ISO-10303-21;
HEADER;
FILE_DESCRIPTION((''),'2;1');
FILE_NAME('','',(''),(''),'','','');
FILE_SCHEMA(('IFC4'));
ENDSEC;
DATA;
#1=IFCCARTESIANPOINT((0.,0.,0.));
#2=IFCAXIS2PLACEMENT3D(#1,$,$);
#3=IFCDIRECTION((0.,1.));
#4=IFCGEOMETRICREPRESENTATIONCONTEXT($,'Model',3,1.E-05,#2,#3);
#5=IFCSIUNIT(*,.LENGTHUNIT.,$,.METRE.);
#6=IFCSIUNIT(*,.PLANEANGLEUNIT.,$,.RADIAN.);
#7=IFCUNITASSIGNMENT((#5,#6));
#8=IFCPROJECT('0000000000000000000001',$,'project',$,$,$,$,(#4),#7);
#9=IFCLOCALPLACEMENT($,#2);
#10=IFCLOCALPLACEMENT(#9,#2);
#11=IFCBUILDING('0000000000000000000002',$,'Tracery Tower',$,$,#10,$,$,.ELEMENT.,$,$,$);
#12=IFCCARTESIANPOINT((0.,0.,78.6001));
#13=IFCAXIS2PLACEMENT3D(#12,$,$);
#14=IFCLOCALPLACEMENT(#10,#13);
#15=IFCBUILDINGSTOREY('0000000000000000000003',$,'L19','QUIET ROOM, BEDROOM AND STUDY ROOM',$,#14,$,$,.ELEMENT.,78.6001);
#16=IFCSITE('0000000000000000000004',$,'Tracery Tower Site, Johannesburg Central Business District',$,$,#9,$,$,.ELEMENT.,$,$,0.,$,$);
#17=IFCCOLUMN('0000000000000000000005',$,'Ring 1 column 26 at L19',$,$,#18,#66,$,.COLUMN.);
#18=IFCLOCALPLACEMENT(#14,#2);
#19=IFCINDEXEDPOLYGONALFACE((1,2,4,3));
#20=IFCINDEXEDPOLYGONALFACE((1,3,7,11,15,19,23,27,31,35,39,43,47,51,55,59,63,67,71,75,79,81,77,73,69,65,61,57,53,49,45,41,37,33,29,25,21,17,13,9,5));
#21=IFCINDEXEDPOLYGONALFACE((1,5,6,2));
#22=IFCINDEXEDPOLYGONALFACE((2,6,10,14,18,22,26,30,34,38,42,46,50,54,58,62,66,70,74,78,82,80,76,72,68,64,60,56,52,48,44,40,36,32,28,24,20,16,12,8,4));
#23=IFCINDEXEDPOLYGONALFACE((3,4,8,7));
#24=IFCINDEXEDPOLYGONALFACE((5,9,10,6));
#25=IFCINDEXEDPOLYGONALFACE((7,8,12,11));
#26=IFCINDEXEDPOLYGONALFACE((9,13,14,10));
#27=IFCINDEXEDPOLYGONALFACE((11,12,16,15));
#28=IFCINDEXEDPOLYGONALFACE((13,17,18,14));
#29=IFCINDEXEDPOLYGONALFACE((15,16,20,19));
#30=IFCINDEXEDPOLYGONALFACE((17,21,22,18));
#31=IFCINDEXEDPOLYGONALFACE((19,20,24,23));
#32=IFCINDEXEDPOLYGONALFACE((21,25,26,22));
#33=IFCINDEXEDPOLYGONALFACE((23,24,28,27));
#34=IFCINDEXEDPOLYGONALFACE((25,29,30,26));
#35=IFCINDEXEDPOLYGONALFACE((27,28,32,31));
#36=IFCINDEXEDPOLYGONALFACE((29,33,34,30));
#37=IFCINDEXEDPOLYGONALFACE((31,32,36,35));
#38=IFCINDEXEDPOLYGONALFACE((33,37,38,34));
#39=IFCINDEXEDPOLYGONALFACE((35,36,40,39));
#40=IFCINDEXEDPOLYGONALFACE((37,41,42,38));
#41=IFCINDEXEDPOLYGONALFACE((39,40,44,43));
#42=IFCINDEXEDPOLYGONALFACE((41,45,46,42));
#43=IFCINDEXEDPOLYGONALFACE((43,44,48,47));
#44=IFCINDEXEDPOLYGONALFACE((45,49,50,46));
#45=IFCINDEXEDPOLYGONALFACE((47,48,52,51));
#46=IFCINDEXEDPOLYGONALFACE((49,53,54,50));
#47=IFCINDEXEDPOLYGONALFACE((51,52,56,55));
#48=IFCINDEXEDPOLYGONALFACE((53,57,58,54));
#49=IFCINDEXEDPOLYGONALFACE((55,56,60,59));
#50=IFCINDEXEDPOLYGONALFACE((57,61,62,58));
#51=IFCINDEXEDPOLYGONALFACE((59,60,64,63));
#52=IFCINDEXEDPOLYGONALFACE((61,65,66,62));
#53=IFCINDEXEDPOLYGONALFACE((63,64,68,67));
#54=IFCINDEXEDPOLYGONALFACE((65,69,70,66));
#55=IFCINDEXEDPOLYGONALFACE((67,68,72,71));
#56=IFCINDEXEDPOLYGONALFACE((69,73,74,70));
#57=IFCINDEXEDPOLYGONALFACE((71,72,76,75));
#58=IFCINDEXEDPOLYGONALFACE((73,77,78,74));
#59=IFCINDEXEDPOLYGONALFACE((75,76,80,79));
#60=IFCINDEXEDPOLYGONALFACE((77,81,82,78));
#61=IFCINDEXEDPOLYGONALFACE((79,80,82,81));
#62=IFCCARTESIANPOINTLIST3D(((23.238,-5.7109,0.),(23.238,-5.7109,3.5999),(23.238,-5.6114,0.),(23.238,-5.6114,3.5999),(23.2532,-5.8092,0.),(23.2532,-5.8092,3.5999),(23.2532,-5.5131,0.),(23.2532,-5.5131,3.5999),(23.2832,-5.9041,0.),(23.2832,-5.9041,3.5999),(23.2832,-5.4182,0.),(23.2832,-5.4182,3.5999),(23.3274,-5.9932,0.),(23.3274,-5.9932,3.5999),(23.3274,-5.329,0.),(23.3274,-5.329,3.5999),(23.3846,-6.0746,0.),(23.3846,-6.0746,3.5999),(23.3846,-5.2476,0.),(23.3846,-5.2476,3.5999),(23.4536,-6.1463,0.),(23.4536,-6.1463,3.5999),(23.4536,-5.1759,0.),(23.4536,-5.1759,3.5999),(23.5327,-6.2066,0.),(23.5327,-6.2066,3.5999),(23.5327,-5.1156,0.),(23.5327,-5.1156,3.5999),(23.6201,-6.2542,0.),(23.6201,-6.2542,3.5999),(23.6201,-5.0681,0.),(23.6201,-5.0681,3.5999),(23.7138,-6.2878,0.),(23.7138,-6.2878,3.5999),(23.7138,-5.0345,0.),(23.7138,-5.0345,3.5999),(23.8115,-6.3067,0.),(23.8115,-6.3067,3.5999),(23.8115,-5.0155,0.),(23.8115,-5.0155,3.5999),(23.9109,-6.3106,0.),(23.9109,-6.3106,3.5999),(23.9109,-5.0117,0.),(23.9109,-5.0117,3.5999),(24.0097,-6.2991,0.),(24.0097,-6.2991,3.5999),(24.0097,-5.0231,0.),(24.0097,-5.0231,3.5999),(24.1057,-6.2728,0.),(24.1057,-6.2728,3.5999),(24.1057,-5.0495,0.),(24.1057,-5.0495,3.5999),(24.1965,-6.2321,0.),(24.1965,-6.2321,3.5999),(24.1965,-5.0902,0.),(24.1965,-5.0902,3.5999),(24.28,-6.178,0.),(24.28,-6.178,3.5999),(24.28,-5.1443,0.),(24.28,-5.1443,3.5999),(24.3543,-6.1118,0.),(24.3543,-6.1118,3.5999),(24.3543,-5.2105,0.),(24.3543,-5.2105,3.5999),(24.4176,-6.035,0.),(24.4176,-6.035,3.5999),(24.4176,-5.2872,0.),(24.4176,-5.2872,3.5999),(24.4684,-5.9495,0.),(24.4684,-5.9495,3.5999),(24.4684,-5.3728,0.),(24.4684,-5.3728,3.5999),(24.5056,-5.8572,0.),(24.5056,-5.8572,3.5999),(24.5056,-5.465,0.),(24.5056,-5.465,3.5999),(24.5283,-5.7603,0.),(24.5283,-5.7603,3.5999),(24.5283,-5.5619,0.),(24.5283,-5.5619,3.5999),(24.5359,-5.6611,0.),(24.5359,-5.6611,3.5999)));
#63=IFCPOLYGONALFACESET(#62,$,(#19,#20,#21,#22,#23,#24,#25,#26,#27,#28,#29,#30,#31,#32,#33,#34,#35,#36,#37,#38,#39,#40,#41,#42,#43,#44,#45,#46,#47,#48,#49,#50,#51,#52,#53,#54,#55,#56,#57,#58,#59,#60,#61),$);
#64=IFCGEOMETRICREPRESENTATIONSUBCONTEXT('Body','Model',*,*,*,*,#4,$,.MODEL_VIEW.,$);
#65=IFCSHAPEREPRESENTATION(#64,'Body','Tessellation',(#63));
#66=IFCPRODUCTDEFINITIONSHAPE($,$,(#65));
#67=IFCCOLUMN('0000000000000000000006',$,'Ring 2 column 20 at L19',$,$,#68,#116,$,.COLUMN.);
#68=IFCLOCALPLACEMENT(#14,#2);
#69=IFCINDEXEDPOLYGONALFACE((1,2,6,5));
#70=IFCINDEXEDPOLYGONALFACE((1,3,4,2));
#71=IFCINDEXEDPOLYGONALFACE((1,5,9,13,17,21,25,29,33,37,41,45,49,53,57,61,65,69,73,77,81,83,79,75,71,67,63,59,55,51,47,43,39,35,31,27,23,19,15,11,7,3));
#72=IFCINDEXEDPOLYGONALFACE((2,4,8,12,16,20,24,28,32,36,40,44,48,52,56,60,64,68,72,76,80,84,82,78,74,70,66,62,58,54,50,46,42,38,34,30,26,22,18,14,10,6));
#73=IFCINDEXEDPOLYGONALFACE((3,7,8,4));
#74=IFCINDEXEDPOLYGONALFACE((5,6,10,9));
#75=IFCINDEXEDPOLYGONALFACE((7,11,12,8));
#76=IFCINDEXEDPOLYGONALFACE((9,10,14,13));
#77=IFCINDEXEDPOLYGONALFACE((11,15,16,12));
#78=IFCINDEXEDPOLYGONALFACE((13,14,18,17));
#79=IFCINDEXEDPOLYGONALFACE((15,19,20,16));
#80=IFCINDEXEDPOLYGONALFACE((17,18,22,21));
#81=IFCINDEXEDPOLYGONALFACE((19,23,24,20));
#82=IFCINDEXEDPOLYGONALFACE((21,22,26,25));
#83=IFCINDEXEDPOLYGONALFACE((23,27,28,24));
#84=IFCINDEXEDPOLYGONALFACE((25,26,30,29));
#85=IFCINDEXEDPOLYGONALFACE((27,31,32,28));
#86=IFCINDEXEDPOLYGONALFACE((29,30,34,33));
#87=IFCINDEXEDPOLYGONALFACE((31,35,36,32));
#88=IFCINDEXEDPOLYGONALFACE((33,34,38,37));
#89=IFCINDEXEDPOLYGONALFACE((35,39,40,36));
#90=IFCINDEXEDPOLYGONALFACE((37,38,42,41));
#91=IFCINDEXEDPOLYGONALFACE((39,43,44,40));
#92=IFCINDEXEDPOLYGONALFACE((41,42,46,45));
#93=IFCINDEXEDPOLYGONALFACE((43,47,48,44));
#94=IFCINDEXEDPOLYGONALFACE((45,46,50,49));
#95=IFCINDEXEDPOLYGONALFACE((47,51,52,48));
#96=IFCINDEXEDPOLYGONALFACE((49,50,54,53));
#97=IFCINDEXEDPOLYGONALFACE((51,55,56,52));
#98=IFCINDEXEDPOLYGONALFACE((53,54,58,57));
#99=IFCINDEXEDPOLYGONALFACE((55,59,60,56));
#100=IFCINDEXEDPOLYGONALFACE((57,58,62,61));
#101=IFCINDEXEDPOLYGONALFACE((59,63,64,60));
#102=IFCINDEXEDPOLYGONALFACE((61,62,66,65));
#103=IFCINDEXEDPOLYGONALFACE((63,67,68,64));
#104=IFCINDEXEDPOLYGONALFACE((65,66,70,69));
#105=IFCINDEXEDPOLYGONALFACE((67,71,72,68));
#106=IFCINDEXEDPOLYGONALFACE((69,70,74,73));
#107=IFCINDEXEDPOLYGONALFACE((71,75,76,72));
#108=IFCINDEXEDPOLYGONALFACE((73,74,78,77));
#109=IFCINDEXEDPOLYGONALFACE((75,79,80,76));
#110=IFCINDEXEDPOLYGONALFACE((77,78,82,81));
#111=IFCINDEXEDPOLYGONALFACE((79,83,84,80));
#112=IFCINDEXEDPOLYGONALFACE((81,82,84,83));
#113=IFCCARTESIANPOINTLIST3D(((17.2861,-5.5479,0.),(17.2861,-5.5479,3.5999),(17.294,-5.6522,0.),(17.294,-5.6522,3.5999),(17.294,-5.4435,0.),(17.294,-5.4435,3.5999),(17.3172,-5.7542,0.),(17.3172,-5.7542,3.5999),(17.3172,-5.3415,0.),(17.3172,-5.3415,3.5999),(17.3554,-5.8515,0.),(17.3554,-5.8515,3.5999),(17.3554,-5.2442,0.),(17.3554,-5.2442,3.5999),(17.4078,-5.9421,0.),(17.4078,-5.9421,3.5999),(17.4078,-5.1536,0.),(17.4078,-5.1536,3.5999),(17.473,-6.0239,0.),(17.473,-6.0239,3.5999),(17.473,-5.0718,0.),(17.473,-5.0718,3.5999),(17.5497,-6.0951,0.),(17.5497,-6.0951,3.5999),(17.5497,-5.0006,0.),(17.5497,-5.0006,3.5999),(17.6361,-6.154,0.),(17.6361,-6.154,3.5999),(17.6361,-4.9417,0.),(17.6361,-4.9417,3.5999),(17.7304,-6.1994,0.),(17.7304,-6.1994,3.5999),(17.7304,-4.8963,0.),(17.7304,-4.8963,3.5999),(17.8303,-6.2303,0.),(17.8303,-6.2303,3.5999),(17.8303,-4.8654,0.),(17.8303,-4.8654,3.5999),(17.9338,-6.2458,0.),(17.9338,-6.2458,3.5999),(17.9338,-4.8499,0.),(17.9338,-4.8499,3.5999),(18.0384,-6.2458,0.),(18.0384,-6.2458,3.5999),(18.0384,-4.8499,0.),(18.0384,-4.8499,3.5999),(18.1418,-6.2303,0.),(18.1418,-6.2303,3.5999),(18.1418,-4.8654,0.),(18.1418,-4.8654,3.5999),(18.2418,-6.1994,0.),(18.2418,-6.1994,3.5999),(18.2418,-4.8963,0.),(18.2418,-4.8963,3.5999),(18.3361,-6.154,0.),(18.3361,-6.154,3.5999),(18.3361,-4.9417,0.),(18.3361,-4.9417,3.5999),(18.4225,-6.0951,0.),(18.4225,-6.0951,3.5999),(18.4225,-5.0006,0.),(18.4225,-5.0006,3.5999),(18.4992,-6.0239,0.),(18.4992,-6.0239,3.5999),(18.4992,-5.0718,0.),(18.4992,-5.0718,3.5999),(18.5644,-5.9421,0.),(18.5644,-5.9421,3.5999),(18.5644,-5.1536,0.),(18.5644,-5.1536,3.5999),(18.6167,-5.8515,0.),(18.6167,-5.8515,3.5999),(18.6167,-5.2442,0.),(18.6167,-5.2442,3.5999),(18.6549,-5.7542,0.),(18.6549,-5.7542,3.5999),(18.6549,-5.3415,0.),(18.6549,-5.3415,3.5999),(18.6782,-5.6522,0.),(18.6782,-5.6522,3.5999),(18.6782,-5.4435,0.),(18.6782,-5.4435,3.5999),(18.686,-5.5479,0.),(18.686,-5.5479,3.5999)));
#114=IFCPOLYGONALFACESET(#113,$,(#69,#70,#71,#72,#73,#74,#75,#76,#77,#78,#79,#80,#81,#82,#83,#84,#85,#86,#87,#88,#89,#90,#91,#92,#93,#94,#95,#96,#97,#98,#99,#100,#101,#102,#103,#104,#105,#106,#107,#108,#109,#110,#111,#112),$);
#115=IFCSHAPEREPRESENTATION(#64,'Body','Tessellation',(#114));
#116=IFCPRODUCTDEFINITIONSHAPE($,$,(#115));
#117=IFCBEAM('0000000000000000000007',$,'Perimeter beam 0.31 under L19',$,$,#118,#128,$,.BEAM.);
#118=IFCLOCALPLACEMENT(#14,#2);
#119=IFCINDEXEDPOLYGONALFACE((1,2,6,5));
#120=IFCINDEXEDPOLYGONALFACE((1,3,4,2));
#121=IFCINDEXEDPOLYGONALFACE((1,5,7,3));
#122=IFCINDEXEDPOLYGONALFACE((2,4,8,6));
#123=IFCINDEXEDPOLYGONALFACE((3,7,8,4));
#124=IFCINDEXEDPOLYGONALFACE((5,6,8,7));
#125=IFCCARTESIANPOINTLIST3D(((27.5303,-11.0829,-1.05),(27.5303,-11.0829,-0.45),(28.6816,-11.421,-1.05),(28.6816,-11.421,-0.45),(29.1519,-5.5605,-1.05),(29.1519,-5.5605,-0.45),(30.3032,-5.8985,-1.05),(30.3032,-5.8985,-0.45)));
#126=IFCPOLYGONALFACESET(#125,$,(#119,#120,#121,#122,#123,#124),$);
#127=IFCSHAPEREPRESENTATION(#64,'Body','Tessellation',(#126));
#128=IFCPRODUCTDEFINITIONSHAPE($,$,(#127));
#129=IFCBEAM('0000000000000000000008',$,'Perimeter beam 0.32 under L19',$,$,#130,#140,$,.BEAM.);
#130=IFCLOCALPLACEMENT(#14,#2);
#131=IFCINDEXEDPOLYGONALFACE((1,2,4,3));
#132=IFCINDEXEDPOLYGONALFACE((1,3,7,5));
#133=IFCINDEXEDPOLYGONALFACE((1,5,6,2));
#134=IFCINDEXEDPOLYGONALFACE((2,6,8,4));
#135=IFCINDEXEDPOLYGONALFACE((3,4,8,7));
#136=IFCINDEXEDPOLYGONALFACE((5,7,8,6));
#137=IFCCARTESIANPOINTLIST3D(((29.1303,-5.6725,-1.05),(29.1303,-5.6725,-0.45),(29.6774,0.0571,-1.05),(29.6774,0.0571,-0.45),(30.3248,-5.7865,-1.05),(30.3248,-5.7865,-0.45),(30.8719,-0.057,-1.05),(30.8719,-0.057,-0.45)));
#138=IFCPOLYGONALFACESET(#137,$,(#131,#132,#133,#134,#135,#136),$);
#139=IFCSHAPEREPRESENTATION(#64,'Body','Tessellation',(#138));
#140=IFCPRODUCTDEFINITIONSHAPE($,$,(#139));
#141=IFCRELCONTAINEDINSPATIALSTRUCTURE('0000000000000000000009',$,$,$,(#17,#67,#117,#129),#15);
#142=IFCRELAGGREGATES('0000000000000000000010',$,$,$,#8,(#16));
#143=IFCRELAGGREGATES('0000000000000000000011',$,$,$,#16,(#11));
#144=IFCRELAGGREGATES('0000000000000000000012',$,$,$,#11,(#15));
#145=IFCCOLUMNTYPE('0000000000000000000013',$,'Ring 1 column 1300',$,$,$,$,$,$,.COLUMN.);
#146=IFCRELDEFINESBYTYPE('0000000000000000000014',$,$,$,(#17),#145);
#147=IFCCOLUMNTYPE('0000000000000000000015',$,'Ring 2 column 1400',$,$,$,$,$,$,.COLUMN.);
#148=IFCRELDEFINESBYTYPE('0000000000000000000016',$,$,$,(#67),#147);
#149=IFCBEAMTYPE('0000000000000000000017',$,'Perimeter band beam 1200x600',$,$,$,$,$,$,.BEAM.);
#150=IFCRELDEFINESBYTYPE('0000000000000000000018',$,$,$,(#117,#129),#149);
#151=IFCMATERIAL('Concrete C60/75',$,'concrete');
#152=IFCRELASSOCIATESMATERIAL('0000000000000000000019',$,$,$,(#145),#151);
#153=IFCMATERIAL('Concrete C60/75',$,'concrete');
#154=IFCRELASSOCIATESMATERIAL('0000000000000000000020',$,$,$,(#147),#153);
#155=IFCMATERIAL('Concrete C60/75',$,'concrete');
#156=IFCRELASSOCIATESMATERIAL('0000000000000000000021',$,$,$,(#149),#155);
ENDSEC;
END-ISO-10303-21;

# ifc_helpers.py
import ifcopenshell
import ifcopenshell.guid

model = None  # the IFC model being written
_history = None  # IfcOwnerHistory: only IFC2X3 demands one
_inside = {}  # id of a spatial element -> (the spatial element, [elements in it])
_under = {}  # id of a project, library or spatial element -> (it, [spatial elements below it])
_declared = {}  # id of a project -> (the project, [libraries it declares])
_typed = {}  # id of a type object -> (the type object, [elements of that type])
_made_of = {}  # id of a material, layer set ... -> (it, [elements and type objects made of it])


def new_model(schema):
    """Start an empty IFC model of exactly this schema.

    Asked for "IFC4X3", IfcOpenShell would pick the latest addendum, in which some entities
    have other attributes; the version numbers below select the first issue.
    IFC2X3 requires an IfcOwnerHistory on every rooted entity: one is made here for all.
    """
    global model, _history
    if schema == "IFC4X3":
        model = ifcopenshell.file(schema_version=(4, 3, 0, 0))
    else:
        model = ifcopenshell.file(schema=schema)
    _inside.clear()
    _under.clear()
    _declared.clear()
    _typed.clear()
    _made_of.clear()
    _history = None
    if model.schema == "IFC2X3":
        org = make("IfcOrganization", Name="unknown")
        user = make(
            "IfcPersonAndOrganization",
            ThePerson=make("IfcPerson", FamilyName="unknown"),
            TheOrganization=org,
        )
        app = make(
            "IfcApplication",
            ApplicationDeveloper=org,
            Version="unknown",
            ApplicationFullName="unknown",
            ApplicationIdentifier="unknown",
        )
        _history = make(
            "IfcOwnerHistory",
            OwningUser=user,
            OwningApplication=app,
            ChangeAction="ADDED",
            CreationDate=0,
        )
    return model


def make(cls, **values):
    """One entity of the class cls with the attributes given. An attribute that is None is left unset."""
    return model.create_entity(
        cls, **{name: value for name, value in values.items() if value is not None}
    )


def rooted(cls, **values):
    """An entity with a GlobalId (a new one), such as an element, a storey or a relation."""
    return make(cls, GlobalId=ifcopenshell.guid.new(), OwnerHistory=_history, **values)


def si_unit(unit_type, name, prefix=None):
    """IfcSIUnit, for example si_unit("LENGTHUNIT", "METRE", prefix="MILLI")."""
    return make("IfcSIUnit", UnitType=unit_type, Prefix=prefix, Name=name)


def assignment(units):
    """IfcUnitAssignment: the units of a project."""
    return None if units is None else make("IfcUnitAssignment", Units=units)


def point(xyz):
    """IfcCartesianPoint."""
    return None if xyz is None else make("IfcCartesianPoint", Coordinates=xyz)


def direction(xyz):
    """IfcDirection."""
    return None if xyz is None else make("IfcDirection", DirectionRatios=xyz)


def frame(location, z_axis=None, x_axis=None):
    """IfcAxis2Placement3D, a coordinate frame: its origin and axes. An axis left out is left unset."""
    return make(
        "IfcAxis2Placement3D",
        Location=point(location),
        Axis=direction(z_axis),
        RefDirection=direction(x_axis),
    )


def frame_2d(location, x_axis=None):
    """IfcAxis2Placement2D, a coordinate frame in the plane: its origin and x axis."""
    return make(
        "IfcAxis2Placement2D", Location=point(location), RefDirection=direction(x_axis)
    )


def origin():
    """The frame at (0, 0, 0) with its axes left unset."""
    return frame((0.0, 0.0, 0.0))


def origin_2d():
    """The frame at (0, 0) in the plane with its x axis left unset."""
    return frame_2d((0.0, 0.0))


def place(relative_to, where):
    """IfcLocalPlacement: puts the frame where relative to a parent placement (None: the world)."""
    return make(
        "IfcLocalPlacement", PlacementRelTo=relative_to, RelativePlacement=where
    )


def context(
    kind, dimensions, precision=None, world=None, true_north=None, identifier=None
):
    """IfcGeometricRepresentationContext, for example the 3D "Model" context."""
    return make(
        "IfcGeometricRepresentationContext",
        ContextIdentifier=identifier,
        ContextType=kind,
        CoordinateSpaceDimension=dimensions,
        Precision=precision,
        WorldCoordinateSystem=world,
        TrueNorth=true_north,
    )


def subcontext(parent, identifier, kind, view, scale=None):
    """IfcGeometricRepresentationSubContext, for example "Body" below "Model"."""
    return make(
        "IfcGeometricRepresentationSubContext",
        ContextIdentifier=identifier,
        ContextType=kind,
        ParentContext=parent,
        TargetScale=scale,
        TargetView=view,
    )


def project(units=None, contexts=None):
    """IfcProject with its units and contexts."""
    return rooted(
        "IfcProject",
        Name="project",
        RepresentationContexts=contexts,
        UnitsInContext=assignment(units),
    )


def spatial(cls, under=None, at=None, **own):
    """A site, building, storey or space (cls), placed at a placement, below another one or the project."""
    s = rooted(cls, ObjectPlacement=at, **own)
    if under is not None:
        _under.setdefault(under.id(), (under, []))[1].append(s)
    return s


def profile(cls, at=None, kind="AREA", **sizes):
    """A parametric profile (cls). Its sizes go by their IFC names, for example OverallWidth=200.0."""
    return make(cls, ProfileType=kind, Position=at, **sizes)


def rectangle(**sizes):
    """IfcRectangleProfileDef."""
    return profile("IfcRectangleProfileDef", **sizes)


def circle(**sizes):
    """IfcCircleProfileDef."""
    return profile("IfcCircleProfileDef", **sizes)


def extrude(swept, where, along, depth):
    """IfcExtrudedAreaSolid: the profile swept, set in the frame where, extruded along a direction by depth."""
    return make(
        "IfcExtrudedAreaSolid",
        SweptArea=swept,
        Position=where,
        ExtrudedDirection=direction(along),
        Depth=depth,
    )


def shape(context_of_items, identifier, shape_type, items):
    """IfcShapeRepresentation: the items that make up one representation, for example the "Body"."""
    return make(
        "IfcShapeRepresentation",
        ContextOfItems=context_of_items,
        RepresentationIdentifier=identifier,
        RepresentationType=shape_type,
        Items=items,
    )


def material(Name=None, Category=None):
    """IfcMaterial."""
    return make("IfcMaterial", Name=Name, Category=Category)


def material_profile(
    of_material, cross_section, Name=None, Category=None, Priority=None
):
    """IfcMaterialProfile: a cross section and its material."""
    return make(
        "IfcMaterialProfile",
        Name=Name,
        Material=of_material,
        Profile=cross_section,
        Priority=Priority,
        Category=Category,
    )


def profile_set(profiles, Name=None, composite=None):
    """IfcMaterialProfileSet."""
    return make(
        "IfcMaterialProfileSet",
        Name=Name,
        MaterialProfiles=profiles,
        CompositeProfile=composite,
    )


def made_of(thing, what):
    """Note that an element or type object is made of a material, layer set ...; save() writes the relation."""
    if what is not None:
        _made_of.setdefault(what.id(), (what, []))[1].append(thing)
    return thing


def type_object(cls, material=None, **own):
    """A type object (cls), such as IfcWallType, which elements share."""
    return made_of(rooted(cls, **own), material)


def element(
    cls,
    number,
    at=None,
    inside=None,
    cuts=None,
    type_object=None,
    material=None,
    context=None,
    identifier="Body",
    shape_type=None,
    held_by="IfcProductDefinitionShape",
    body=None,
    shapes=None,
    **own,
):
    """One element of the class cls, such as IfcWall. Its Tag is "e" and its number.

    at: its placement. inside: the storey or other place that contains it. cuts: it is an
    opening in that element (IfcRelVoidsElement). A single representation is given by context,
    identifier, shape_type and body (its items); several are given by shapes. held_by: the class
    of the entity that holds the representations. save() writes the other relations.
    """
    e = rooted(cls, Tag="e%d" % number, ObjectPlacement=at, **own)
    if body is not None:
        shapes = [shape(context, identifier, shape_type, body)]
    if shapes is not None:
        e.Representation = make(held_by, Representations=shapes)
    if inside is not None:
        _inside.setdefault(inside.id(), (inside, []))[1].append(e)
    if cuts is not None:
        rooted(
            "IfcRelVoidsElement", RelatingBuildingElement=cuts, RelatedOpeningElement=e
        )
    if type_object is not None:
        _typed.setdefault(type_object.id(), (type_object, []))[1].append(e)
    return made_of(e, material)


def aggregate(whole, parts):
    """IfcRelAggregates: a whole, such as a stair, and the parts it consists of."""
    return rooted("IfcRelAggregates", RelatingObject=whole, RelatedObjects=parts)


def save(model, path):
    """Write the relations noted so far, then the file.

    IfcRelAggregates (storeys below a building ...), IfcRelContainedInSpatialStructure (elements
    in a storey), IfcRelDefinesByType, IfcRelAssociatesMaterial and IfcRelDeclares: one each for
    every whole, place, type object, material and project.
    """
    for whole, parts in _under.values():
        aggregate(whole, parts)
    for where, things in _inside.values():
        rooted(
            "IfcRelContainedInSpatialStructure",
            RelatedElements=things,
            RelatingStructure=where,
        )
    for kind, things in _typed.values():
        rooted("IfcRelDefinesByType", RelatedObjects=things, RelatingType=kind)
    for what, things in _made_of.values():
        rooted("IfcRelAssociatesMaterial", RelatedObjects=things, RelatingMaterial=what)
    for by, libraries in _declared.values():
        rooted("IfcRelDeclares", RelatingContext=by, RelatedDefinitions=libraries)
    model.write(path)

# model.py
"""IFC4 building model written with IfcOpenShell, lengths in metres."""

from ifc_helpers import new_model, si_unit, direction, frame, origin, origin_2d, place, context, subcontext, project, spatial, rectangle, circle, extrude, material, material_profile, profile_set, type_object, element, save


model = new_model("IFC4")

# Units and contexts
model_context = context("Model", 3, precision=1e-05, world=origin(), true_north=direction((0.0, 1.0)))
body_context = subcontext(model_context, "Body", "Model", "MODEL_VIEW")
ifc_project = project(units=[si_unit("LENGTHUNIT", "METRE"), si_unit("PLANEANGLEUNIT", "RADIAN")], contexts=[model_context])

# Site, building, storey
site_placement = place(None, origin())
site = spatial("IfcSite", under=ifc_project, at=site_placement, Name="Tracery Tower Site, Johannesburg Central Business District", CompositionType="ELEMENT", RefElevation=0.0)
building_placement = place(site_placement, origin())
building = spatial("IfcBuilding", under=site, at=building_placement, Name="Tracery Tower", CompositionType="ELEMENT")
storey_placement = place(building_placement, frame((0.0, 0.0, 78.6001)))
storey = spatial("IfcBuildingStorey", under=building, at=storey_placement, Name="L19", Description="QUIET ROOM, BEDROOM AND STUDY ROOM", CompositionType="ELEMENT", Elevation=78.6001)

# Columns
ifc_material_1 = material(Name="Concrete C60/75", Category="concrete")
ifc_material_profile_1 = material_profile(ifc_material_1, circle(Radius=0.6499, at=origin_2d()), Name="RC D1300")
ifc_profile_set_1 = profile_set([ifc_material_profile_1], Name="Concrete C60/75")
column_type_1 = type_object("IfcColumnType", Name="Ring 1 column 1300", PredefinedType="COLUMN", material=ifc_profile_set_1)
for number, where, z_axis, x_axis, name in (
    (1, (23.886, -5.6611, 0.0), (0.0, 0.0, 1.0), (1.0, 0.0, 0.0), "Ring 1 column 26 at L19"),
):
    element("IfcColumn", number, at=place(storey_placement, frame(where, z_axis=z_axis, x_axis=x_axis)), inside=storey, type_object=column_type_1, Name=name, PredefinedType="COLUMN", context=body_context, shape_type="SweptSolid", body=[
        extrude(circle(Radius=0.6499, at=origin_2d()), origin(), (0.0, 0.0, 1.0), 3.5999),
    ])
ifc_material_2 = material(Name="Concrete C60/75", Category="concrete")
ifc_material_profile_2 = material_profile(ifc_material_2, circle(Radius=0.7, at=origin_2d()), Name="RC D1400")
ifc_profile_set_2 = profile_set([ifc_material_profile_2], Name="Concrete C60/75")
column_type_2 = type_object("IfcColumnType", Name="Ring 2 column 1400", PredefinedType="COLUMN", material=ifc_profile_set_2)
column_placement = place(storey_placement, frame((17.9861, -5.5479, 0.0), z_axis=(0.0, 0.0, 1.0), x_axis=(1.0, 0.0, 0.0)))
element("IfcColumn", 2, at=column_placement, inside=storey, type_object=column_type_2, Name="Ring 2 column 20 at L19", PredefinedType="COLUMN", context=body_context, shape_type="SweptSolid", body=[
    extrude(circle(Radius=0.7, at=origin_2d()), origin(), (0.0, 0.0, 1.0), 3.5999),
])

# Beams
ifc_material_3 = material(Name="Concrete C60/75", Category="concrete")
ifc_material_profile_3 = material_profile(ifc_material_3, rectangle(XDim=1.2, YDim=0.6001, at=origin_2d()), Name="RC 1200x600")
ifc_profile_set_3 = profile_set([ifc_material_profile_3], Name="Concrete C60/75")
beam_type = type_object("IfcBeamType", Name="Perimeter band beam 1200x600", PredefinedType="BEAM", material=ifc_profile_set_3)
for number, where, z_axis, x_axis, name in (
    (3, (28.106, -11.252, -0.75), (0.281739, 0.959491, 0.0), (-0.959491, 0.281739, 0.0), "Perimeter beam 0.31 under L19"),
    (4, (29.7275, -5.7295, -0.75), (0.095059, 0.995472, 0.0), (-0.995472, 0.095059, 0.0), "Perimeter beam 0.32 under L19"),
):
    element("IfcBeam", number, at=place(storey_placement, frame(where, z_axis=z_axis, x_axis=x_axis)), inside=storey, type_object=beam_type, Name=name, PredefinedType="BEAM", context=body_context, shape_type="SweptSolid", body=[
        extrude(rectangle(XDim=1.2, YDim=0.6001, at=origin_2d()), origin(), (0.0, 0.0, 1.0), 5.7556),
    ])

save(model, "model.ifc")
